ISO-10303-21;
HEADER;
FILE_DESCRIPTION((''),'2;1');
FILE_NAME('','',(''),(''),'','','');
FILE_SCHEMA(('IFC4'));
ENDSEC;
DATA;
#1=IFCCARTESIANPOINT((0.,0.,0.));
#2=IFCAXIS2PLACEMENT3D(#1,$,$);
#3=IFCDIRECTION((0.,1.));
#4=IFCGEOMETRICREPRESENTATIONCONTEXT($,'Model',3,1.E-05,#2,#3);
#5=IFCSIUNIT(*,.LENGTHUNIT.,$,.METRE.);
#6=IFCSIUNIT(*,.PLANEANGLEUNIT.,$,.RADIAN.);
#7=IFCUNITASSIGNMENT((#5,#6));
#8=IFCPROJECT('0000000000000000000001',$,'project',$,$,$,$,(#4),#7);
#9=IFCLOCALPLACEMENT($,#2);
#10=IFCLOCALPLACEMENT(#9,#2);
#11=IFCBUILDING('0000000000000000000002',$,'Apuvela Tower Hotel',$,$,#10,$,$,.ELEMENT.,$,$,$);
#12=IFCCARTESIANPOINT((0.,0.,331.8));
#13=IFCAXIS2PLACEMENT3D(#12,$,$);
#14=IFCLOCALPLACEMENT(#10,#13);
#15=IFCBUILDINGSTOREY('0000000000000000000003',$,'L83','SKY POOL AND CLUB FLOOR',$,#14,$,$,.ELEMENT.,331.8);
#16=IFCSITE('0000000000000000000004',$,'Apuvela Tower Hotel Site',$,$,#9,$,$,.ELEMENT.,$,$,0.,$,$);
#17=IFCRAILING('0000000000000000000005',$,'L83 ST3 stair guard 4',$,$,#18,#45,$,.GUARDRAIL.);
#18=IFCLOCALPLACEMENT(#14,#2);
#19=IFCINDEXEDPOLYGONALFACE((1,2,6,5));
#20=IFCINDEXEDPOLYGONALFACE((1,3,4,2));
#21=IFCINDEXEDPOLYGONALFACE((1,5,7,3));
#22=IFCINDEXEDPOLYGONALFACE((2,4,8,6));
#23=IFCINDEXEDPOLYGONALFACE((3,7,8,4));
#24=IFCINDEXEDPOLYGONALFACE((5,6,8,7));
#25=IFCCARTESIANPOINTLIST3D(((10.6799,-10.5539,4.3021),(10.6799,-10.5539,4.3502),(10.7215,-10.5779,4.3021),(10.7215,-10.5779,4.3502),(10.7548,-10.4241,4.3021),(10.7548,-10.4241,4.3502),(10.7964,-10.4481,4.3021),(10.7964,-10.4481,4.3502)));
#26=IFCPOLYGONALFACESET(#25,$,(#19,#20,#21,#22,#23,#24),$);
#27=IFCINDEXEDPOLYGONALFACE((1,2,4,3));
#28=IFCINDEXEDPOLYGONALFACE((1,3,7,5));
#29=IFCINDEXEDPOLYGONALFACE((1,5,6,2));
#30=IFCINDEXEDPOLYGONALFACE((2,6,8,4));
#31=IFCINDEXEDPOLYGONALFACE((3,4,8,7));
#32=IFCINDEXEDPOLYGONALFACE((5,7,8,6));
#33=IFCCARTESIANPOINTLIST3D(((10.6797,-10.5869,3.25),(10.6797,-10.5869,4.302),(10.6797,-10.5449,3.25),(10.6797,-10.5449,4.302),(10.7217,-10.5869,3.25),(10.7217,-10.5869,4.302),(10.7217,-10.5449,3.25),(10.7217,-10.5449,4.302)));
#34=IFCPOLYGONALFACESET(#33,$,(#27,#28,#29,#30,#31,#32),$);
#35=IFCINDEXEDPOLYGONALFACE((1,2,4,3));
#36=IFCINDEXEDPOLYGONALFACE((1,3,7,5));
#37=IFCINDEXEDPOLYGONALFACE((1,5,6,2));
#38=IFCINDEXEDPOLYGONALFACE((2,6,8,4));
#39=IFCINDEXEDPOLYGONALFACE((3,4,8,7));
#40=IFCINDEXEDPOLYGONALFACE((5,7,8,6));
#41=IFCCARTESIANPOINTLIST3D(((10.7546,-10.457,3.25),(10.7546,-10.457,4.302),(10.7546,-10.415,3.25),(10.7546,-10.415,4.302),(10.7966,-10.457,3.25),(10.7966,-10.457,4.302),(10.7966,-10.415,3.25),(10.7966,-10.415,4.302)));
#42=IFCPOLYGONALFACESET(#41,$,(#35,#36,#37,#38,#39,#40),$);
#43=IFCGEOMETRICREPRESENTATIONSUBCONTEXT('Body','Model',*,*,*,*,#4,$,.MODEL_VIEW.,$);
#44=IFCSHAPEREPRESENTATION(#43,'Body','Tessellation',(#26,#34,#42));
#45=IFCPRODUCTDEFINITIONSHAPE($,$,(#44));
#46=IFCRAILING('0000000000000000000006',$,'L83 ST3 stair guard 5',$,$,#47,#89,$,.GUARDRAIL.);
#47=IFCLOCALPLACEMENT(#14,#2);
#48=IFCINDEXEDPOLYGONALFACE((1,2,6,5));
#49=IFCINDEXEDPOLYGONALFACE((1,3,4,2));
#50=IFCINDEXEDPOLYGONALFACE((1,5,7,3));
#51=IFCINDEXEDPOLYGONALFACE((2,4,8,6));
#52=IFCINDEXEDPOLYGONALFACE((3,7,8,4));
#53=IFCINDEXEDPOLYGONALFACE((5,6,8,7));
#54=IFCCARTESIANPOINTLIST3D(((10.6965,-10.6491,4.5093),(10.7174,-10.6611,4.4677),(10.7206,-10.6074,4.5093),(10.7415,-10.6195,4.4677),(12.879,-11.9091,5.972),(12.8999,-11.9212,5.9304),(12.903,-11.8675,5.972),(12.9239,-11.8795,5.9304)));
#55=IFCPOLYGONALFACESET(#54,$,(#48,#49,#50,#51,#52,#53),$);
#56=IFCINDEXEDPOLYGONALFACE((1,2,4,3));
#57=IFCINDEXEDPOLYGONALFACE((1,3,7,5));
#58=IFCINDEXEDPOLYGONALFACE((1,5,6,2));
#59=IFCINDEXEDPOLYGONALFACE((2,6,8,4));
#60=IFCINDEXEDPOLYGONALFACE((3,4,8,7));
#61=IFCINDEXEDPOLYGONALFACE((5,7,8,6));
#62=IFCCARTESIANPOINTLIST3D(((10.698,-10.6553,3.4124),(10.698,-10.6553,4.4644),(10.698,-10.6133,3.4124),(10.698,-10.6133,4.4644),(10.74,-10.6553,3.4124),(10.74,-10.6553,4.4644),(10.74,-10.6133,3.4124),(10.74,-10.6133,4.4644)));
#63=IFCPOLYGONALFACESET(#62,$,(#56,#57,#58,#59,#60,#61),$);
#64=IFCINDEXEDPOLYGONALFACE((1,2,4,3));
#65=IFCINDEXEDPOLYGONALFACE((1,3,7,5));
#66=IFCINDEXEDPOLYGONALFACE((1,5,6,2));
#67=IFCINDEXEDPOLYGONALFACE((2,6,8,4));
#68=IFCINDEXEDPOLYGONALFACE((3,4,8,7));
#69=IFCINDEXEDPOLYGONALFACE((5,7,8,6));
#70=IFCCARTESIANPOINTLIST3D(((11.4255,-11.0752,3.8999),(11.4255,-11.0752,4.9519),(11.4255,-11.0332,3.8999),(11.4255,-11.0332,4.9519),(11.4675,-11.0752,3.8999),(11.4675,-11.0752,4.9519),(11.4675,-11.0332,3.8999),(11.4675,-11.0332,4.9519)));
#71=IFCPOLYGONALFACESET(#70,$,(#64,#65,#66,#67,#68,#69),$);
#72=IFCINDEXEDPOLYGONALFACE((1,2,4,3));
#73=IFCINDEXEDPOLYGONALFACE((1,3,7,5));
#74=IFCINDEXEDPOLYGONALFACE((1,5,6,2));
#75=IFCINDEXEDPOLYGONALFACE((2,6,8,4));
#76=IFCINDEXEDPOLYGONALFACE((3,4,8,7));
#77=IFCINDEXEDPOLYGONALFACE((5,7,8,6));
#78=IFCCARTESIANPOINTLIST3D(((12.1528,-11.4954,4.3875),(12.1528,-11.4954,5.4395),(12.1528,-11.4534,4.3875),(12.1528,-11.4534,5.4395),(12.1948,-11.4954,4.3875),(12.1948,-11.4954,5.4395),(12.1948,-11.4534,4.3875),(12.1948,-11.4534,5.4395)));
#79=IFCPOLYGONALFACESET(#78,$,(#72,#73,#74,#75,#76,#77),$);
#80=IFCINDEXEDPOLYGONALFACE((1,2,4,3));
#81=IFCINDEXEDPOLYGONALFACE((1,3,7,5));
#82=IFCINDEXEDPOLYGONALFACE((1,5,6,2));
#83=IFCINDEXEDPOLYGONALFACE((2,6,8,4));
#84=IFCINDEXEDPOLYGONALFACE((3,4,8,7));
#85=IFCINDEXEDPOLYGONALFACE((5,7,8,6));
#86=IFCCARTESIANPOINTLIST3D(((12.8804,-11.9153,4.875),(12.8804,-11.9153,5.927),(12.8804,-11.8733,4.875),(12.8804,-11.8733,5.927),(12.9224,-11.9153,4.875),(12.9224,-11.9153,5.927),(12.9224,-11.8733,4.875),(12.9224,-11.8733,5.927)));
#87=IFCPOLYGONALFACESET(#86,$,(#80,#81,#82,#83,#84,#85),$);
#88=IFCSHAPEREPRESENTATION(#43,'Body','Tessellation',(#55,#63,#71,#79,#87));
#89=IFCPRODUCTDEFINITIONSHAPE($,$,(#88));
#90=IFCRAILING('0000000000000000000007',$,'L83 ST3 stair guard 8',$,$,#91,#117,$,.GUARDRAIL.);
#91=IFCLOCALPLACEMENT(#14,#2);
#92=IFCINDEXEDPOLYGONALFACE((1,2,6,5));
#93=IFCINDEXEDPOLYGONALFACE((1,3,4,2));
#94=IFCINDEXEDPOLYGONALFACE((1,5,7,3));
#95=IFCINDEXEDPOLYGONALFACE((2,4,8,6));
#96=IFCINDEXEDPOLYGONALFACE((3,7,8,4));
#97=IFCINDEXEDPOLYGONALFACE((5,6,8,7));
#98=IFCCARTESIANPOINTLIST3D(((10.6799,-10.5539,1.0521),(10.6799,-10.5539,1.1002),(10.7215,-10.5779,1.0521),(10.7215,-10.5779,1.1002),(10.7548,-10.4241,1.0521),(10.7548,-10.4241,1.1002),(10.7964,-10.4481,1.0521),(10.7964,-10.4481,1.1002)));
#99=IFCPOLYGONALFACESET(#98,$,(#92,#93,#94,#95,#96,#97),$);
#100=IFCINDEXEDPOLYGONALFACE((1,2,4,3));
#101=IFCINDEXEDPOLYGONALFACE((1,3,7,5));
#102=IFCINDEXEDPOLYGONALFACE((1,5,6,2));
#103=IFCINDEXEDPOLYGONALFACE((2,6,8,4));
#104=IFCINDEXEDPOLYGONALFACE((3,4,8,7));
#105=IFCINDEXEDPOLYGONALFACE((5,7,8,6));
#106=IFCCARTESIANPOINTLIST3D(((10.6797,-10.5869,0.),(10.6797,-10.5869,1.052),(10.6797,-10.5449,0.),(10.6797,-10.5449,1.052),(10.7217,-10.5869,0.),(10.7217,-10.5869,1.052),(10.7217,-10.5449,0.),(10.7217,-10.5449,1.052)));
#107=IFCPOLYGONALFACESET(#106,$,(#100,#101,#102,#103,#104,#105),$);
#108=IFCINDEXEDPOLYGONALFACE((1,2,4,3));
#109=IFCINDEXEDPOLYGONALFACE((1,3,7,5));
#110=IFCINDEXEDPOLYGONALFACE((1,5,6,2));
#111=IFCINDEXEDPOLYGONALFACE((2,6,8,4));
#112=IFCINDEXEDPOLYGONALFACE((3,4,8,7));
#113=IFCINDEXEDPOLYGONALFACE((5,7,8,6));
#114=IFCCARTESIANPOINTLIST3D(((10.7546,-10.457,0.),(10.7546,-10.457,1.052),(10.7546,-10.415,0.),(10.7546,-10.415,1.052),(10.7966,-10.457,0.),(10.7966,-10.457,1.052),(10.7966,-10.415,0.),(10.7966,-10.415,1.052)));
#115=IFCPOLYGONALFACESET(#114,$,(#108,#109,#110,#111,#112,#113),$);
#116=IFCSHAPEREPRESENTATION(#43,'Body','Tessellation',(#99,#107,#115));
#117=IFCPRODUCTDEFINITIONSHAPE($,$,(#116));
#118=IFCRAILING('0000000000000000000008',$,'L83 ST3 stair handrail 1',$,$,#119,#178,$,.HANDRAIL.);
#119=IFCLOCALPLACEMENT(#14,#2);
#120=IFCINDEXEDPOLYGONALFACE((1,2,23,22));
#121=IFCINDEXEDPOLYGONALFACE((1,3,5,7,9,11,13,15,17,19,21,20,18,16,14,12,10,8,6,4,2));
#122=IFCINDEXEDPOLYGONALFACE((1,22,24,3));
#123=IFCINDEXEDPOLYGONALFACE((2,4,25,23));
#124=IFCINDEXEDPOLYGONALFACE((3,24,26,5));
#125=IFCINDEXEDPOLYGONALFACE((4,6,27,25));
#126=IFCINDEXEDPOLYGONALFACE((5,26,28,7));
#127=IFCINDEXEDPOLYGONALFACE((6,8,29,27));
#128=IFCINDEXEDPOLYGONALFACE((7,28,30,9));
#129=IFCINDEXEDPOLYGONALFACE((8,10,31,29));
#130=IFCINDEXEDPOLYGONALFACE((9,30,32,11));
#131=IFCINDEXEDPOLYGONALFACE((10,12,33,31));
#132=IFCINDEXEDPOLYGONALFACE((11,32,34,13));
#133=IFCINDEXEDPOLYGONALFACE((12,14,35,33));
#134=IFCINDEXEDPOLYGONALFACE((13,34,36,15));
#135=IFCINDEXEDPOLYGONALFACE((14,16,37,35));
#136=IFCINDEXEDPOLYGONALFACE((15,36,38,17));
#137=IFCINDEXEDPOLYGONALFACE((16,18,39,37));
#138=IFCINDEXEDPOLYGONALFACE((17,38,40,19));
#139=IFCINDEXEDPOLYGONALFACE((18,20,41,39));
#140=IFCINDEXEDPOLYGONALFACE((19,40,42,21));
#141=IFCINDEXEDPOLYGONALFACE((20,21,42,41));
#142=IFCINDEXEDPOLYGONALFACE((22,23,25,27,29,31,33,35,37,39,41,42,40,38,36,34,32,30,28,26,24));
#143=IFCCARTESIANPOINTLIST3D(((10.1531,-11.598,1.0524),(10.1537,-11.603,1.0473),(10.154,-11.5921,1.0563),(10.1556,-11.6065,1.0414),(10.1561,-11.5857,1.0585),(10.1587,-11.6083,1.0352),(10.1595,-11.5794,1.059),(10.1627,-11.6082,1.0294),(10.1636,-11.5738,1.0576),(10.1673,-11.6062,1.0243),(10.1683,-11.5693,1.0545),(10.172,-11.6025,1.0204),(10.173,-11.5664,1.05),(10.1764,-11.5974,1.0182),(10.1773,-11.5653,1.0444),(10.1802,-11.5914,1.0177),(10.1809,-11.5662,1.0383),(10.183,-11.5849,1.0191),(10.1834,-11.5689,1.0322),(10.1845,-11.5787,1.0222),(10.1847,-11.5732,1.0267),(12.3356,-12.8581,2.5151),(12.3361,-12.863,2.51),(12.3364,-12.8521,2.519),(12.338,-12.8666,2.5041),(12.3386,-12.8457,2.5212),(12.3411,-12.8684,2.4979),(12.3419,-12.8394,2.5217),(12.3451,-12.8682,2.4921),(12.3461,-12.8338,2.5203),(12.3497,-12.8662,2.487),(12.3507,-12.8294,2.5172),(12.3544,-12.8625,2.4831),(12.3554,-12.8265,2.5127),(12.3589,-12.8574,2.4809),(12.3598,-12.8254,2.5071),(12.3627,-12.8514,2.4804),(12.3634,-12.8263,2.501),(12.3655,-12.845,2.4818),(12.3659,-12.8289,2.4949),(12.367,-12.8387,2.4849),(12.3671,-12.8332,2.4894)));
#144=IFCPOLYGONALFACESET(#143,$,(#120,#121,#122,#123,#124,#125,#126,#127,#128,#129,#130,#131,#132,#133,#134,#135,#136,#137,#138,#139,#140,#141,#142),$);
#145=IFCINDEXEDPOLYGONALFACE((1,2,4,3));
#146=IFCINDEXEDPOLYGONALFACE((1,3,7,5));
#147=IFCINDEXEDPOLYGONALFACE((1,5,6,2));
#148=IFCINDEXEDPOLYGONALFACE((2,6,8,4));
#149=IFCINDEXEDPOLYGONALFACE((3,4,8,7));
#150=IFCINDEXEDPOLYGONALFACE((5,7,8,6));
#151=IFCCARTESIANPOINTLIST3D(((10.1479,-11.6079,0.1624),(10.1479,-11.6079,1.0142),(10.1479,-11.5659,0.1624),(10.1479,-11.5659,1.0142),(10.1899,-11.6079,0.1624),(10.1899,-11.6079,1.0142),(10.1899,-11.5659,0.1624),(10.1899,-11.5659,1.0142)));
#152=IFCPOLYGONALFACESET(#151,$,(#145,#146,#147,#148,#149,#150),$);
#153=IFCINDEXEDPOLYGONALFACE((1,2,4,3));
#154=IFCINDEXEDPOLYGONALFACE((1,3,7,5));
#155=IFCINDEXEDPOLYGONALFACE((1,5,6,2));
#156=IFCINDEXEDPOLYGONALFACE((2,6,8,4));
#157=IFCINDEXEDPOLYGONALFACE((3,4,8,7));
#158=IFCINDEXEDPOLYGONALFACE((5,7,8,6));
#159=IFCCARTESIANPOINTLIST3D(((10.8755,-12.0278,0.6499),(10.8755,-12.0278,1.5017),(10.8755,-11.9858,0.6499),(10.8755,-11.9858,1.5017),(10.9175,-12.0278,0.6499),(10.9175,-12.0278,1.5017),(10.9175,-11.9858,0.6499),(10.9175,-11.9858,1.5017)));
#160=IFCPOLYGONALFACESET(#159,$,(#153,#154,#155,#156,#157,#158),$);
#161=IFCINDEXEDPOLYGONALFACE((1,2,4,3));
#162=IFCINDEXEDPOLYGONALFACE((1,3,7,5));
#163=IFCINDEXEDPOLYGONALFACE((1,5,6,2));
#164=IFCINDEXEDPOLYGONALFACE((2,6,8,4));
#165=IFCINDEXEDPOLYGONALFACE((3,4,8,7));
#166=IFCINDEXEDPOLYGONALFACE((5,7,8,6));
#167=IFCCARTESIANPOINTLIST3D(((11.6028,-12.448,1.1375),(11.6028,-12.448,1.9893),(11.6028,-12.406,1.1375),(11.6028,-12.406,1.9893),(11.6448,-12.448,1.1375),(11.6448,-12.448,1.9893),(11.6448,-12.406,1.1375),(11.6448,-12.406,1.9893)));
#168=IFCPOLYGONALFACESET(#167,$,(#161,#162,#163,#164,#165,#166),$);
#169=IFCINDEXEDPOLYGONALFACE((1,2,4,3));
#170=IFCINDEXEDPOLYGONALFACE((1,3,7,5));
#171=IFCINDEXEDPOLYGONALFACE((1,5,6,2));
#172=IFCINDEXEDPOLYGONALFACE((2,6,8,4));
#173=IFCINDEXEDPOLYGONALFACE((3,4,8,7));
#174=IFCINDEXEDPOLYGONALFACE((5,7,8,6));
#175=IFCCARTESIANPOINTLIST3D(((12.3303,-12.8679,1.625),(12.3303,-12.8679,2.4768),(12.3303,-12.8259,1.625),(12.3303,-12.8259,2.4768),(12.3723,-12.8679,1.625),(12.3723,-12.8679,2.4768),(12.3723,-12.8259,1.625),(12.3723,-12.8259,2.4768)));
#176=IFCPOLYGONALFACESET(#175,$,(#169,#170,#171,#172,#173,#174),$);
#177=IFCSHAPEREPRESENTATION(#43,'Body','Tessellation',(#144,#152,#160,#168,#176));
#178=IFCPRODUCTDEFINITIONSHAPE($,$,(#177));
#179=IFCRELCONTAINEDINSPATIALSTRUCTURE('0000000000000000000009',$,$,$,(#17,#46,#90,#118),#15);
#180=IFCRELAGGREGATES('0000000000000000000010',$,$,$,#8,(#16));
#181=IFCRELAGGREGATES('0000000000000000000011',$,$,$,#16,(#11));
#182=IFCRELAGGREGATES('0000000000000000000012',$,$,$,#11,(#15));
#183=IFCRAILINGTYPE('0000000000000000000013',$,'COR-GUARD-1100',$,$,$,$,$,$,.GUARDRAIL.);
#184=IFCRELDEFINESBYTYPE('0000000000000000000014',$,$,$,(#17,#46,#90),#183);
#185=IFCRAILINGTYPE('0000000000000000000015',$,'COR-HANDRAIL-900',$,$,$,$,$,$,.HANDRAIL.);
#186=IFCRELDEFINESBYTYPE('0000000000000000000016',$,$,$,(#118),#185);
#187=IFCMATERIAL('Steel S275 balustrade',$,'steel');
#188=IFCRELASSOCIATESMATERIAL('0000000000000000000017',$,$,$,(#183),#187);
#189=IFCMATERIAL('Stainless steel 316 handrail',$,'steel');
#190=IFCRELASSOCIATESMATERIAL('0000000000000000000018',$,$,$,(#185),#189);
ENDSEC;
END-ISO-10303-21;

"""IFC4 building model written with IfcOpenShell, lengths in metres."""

from ifc_helpers import new_model, si_unit, direction, frame, origin, origin_2d, place, context, subcontext, project, spatial, rectangle, circle, extrude, material, type_object, element, save


model = new_model("IFC4")

# Units and contexts
model_context = context("Model", 3, precision=1e-05, world=origin(), true_north=direction((0.0, 1.0)))
body_context = subcontext(model_context, "Body", "Model", "MODEL_VIEW")
ifc_project = project(units=[si_unit("LENGTHUNIT", "METRE"), si_unit("PLANEANGLEUNIT", "RADIAN")], contexts=[model_context])

# Site, building, storey
site_placement = place(None, origin())
site = spatial("IfcSite", under=ifc_project, at=site_placement, Name="Apuvela Tower Hotel Site", CompositionType="ELEMENT", RefElevation=0.0)
building_placement = place(site_placement, origin())
building = spatial("IfcBuilding", under=site, at=building_placement, Name="Apuvela Tower Hotel", CompositionType="ELEMENT")
storey_placement = place(building_placement, frame((0.0, 0.0, 331.8)))
storey = spatial("IfcBuildingStorey", under=building, at=storey_placement, Name="L83", Description="SKY POOL AND CLUB FLOOR", CompositionType="ELEMENT", Elevation=331.8)

# Railings
ifc_material_1 = material(Name="Steel S275 balustrade", Category="steel")
railing_type_1 = type_object("IfcRailingType", Name="COR-GUARD-1100", PredefinedType="GUARDRAIL", material=ifc_material_1)
railing_1_placement = place(storey_placement, frame((10.7007, -10.5659, 3.25)))
element("IfcRailing", 1, at=railing_1_placement, inside=storey, type_object=railing_type_1, Name="L83 ST3 stair guard 4", PredefinedType="GUARDRAIL", context=body_context, shape_type="SweptSolid", body=[
    extrude(rectangle(XDim=0.0481, YDim=0.0481, at=origin_2d()), frame((0.0, 0.0, 1.0762), z_axis=(0.499816, 0.866131, 0.0), x_axis=(-0.866131, 0.499816, 0.0)), (0.0, 0.0, 1.0), 0.1499),
    extrude(rectangle(XDim=0.042, YDim=0.042, at=origin_2d()), origin(), (0.0, 0.0, 1.0), 1.052),
    extrude(rectangle(XDim=0.042, YDim=0.042, at=origin_2d()), frame((0.075, 0.1299, 0.0)), (0.0, 0.0, 1.0), 1.052),
])
railing_2_placement = place(storey_placement, frame((10.719, -10.6343, 3.4124)))
element("IfcRailing", 2, at=railing_2_placement, inside=storey, type_object=railing_type_1, Name="L83 ST3 stair guard 5", PredefinedType="GUARDRAIL", context=body_context, shape_type="SweptSolid", body=[
    extrude(rectangle(XDim=0.0481, YDim=0.0481, at=origin_2d()), frame((0.0, 0.0, 1.0762), z_axis=(0.749001, -0.432442, 0.501988), x_axis=(0.500005, 0.866023, 0.0)), (0.0, 0.0, 1.0), 2.9138),
    extrude(rectangle(XDim=0.042, YDim=0.042, at=origin_2d()), origin(), (0.0, 0.0, 1.0), 1.052),
    extrude(rectangle(XDim=0.042, YDim=0.042, at=origin_2d()), frame((0.7275, -0.4199, 0.4875)), (0.0, 0.0, 1.0), 1.052),
    extrude(rectangle(XDim=0.042, YDim=0.042, at=origin_2d()), frame((1.4548, -0.8401, 0.9751)), (0.0, 0.0, 1.0), 1.052),
    extrude(rectangle(XDim=0.042, YDim=0.042, at=origin_2d()), frame((2.1824, -1.26, 1.4626)), (0.0, 0.0, 1.0), 1.052),
])
railing_3_placement = place(storey_placement, frame((10.7007, -10.5659, 0.0)))
element("IfcRailing", 3, at=railing_3_placement, inside=storey, type_object=railing_type_1, Name="L83 ST3 stair guard 8", PredefinedType="GUARDRAIL", context=body_context, shape_type="SweptSolid", body=[
    extrude(rectangle(XDim=0.0481, YDim=0.0481, at=origin_2d()), frame((0.0, 0.0, 1.0762), z_axis=(0.499816, 0.866131, 0.0), x_axis=(-0.866131, 0.499816, 0.0)), (0.0, 0.0, 1.0), 0.1499),
    extrude(rectangle(XDim=0.042, YDim=0.042, at=origin_2d()), origin(), (0.0, 0.0, 1.0), 1.052),
    extrude(rectangle(XDim=0.042, YDim=0.042, at=origin_2d()), frame((0.075, 0.1299, 0.0)), (0.0, 0.0, 1.0), 1.052),
])
ifc_material_2 = material(Name="Stainless steel 316 handrail", Category="steel")
railing_type_2 = type_object("IfcRailingType", Name="COR-HANDRAIL-900", PredefinedType="HANDRAIL", material=ifc_material_2)
for number, where, name in (
    (4, (10.1689, -11.5869, 0.1624), "L83 ST3 stair handrail 1"),
):
    element("IfcRailing", number, at=place(storey_placement, frame(where)), inside=storey, type_object=railing_type_2, Name=name, PredefinedType="HANDRAIL", context=body_context, shape_type="SweptSolid", body=[
        extrude(circle(Radius=0.0239, at=origin_2d()), frame((0.0, 0.0, 0.876), z_axis=(0.749001, -0.432442, 0.501988), x_axis=(0.500005, 0.866023, 0.0)), (0.0, 0.0, 1.0), 2.9138),
        extrude(rectangle(XDim=0.042, YDim=0.042, at=origin_2d()), origin(), (0.0, 0.0, 1.0), 0.8518),
        extrude(rectangle(XDim=0.042, YDim=0.042, at=origin_2d()), frame((0.7275, -0.4199, 0.4875)), (0.0, 0.0, 1.0), 0.8518),
        extrude(rectangle(XDim=0.042, YDim=0.042, at=origin_2d()), frame((1.4548, -0.8401, 0.9751)), (0.0, 0.0, 1.0), 0.8518),
        extrude(rectangle(XDim=0.042, YDim=0.042, at=origin_2d()), frame((2.1824, -1.26, 1.4626)), (0.0, 0.0, 1.0), 0.8518),
    ])

save(model, "model.ifc")
